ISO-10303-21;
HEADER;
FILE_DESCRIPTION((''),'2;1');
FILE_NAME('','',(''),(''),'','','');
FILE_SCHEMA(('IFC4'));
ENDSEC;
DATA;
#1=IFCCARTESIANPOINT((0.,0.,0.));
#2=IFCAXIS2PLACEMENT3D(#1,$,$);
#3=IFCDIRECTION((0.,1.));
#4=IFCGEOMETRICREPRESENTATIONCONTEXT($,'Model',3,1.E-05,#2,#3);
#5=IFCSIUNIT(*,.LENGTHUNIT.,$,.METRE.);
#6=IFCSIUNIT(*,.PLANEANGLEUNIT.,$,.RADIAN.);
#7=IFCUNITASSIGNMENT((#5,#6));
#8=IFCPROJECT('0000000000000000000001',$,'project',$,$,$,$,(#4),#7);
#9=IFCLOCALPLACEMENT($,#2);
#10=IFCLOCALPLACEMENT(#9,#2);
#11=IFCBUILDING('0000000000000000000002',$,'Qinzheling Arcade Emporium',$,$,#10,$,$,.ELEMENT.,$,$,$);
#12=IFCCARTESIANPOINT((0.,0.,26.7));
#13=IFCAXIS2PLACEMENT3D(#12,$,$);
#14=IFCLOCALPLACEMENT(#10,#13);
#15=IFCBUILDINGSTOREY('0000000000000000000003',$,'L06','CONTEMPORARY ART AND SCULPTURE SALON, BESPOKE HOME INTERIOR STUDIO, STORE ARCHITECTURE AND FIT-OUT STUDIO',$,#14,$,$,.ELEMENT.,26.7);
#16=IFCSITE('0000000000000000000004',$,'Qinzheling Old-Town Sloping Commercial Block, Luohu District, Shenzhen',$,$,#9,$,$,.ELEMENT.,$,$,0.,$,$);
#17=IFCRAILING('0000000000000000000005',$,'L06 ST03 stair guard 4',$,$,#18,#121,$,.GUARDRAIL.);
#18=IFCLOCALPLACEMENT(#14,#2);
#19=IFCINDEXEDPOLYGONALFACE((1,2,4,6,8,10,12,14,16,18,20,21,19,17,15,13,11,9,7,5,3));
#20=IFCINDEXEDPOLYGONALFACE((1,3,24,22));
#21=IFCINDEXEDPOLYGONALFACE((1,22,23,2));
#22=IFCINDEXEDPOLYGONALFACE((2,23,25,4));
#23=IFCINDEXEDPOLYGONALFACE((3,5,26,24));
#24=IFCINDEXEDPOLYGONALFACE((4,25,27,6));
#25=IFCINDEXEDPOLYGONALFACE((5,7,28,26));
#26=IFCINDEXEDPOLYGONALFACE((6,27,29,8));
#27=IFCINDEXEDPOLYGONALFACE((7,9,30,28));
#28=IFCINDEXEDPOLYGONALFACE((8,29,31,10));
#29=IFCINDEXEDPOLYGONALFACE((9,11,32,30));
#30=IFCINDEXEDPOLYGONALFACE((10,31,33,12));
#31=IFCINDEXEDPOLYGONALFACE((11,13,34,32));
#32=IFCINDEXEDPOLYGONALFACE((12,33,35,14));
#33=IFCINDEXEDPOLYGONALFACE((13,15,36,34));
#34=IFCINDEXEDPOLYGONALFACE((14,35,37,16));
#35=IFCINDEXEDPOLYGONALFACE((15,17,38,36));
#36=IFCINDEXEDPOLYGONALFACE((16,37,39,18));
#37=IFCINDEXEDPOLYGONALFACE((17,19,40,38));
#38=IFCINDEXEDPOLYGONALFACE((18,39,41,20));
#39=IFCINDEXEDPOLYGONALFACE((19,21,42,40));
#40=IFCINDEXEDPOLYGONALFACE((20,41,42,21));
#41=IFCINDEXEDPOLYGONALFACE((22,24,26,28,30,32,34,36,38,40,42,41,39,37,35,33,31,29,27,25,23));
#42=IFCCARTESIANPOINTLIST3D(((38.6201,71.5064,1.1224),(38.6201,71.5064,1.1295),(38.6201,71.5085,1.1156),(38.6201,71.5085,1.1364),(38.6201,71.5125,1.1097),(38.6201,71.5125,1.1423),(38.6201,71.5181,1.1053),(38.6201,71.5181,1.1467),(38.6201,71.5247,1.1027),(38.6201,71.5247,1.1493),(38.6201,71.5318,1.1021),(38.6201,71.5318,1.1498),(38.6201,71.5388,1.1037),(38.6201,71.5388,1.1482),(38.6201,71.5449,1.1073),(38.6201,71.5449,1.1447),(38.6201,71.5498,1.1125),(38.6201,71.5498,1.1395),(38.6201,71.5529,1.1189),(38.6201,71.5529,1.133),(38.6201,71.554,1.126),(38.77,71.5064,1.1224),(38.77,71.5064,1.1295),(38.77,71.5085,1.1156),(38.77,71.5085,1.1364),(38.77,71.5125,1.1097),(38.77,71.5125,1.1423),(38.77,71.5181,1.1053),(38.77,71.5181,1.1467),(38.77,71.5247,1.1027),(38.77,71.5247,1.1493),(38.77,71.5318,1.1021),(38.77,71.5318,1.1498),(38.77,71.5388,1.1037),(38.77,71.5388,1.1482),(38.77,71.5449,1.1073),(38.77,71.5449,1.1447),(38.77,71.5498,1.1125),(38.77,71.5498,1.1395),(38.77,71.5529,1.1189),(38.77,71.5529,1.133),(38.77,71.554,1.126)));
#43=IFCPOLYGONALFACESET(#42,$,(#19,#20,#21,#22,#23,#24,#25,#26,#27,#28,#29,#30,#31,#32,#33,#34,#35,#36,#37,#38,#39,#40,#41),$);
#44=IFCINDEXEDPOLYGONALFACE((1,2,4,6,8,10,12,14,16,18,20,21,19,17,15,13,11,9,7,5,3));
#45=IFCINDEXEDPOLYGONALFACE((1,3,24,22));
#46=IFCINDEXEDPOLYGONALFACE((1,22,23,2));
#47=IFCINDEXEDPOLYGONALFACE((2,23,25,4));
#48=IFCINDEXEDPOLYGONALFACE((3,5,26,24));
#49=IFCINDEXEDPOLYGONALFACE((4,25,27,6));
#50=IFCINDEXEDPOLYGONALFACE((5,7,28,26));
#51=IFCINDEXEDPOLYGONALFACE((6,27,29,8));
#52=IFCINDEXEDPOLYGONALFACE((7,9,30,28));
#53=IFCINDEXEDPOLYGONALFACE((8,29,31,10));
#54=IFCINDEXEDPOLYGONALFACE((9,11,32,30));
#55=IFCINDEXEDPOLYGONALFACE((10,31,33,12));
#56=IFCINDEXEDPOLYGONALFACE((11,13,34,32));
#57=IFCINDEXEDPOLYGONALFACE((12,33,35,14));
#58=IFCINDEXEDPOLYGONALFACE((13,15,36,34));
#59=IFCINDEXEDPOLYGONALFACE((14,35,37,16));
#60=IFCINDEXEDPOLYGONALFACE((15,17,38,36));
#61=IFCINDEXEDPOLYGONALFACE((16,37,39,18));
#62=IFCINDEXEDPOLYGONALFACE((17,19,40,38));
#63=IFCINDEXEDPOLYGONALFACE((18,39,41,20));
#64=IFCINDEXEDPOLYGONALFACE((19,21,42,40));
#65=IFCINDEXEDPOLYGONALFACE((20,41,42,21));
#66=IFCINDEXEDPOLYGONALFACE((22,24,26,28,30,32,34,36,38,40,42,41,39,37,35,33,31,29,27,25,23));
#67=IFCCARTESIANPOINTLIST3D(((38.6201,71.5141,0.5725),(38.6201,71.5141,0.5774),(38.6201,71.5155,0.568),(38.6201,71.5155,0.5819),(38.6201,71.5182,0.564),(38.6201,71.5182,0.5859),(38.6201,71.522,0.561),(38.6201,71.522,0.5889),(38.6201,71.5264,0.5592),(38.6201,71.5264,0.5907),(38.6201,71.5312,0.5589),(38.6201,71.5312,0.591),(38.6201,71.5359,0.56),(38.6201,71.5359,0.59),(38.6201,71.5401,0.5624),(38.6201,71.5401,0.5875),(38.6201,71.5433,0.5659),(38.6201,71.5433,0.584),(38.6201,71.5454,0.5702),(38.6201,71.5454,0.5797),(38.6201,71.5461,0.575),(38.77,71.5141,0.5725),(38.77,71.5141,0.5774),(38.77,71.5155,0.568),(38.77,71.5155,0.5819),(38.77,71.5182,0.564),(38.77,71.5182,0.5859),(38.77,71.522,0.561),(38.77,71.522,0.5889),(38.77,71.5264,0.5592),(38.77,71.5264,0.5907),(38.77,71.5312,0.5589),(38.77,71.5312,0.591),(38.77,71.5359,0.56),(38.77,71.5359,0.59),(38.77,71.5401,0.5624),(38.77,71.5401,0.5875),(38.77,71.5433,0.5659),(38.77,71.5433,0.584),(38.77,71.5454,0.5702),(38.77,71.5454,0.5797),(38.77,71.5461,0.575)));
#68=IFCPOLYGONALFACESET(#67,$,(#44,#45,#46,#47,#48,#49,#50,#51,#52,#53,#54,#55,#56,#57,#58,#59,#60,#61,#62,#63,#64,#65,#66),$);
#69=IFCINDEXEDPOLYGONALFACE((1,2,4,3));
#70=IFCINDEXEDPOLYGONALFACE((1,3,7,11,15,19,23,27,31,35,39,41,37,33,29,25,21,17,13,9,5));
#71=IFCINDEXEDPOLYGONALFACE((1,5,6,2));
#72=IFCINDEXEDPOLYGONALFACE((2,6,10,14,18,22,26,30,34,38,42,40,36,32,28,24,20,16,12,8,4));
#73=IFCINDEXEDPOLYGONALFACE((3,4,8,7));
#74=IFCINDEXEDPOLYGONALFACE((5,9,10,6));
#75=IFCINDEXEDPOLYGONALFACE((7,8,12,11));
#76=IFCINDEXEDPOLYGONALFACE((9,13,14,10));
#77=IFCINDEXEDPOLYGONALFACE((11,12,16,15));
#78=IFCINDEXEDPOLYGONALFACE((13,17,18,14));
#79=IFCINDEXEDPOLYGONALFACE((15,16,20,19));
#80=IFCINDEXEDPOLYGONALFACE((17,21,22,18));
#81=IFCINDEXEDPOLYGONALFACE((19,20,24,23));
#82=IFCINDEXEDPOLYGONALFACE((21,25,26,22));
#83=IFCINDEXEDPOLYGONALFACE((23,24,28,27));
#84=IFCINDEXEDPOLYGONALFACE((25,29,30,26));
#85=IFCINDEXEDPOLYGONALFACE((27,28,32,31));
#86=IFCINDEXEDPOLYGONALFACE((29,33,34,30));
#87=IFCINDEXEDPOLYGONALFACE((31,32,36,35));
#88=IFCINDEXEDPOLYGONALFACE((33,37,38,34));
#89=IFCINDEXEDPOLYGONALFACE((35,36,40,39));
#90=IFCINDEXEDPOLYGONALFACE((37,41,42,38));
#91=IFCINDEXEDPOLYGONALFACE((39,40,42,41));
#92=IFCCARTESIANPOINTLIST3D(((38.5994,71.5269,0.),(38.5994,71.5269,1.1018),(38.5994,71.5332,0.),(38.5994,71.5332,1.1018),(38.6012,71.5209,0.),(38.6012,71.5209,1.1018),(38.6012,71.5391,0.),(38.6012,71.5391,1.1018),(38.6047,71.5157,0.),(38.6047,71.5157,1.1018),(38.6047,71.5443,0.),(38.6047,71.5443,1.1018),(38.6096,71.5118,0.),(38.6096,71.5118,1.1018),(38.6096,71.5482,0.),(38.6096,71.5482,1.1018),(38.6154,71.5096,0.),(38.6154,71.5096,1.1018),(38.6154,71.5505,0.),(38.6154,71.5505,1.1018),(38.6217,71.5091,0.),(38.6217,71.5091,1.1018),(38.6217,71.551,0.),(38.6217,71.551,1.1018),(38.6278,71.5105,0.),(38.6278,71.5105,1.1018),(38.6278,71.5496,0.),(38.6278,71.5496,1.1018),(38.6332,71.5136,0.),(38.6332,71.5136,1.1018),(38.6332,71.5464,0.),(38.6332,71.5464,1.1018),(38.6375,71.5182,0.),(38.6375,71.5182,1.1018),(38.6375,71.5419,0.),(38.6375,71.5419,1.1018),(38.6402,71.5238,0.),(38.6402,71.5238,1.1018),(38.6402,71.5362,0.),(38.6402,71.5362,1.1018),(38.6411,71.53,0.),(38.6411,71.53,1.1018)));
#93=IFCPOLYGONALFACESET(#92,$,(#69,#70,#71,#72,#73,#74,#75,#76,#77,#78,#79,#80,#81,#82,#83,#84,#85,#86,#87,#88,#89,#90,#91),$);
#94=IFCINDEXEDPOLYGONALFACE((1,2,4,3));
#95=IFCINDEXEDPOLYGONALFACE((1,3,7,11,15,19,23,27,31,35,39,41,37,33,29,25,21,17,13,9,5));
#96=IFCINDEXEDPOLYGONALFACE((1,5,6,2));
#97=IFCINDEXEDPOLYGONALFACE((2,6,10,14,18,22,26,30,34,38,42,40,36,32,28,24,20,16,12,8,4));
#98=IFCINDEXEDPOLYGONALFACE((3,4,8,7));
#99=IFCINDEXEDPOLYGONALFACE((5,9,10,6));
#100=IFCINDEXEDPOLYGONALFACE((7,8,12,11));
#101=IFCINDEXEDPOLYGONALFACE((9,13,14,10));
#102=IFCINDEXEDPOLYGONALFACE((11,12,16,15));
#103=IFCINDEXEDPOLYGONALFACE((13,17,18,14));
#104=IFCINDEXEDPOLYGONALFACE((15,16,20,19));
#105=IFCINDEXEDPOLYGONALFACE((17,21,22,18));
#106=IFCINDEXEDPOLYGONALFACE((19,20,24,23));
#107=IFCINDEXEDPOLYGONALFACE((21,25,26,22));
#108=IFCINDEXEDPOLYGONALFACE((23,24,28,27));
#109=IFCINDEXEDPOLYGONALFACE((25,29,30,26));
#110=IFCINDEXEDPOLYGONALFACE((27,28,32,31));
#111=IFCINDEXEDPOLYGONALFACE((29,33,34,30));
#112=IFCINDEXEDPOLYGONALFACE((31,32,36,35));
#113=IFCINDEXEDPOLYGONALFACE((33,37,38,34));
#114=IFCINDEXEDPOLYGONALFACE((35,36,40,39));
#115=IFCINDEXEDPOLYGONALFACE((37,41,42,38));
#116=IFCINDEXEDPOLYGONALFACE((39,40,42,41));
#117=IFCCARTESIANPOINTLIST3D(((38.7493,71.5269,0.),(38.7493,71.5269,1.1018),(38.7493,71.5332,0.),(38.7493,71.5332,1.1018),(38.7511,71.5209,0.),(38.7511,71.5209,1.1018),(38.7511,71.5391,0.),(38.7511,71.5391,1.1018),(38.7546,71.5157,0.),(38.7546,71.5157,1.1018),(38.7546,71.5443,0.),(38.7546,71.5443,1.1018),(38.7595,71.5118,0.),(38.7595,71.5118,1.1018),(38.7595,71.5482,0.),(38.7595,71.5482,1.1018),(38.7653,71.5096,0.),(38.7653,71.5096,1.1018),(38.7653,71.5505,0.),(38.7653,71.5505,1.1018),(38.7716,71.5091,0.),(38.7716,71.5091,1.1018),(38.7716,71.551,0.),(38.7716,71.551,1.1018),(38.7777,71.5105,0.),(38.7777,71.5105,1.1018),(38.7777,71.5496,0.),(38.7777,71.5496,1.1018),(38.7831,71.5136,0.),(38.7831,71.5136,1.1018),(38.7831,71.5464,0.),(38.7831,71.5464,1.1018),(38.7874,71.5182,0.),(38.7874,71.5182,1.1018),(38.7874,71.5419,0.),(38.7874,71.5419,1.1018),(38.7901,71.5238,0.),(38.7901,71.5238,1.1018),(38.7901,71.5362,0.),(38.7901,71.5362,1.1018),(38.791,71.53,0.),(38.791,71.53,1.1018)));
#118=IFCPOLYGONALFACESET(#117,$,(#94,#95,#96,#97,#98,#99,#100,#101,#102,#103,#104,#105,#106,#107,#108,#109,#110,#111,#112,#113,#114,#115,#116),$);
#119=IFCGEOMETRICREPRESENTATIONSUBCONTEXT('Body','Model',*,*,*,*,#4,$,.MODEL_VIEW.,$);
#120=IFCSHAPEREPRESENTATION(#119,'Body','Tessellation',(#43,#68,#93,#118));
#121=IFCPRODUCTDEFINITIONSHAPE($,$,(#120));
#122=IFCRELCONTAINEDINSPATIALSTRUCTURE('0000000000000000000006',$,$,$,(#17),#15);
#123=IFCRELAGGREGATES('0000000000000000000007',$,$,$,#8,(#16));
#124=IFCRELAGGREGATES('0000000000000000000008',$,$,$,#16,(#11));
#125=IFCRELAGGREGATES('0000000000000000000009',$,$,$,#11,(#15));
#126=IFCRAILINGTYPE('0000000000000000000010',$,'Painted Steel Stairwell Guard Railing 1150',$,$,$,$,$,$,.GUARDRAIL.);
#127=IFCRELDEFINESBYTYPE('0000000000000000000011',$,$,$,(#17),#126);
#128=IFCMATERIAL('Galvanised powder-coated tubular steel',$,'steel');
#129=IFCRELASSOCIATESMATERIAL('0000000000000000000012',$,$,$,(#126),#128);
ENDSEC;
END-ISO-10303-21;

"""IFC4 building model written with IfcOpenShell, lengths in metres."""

from ifc_helpers import new_model, si_unit, direction, frame, origin, origin_2d, place, context, subcontext, project, spatial, circle, extrude, material, type_object, element, save


model = new_model("IFC4")

# Units and contexts
model_context = context("Model", 3, precision=1e-05, world=origin(), true_north=direction((0.0, 1.0)))
body_context = subcontext(model_context, "Body", "Model", "MODEL_VIEW")
ifc_project = project(units=[si_unit("LENGTHUNIT", "METRE"), si_unit("PLANEANGLEUNIT", "RADIAN")], contexts=[model_context])

# Site, building, storey
site_placement = place(None, origin())
site = spatial("IfcSite", under=ifc_project, at=site_placement, Name="Qinzheling Old-Town Sloping Commercial Block, Luohu District, Shenzhen", CompositionType="ELEMENT", RefElevation=0.0)
building_placement = place(site_placement, origin())
building = spatial("IfcBuilding", under=site, at=building_placement, Name="Qinzheling Arcade Emporium", CompositionType="ELEMENT")
storey_placement = place(building_placement, frame((0.0, 0.0, 26.7)))
storey = spatial("IfcBuildingStorey", under=building, at=storey_placement, Name="L06", Description="CONTEMPORARY ART AND SCULPTURE SALON, BESPOKE HOME INTERIOR STUDIO, STORE ARCHITECTURE AND FIT-OUT STUDIO", CompositionType="ELEMENT", Elevation=26.7)

# Railing
ifc_material_1 = material(Name="Galvanised powder-coated tubular steel", Category="steel")
railing_type_1 = type_object("IfcRailingType", Name="Painted Steel Stairwell Guard Railing 1150", PredefinedType="GUARDRAIL", material=ifc_material_1)
railing_1_placement = place(storey_placement, frame((38.6201, 71.53, 0.0)))
element("IfcRailing", 1, at=railing_1_placement, inside=storey, type_object=railing_type_1, Name="L06 ST03 stair guard 4", PredefinedType="GUARDRAIL", context=body_context, shape_type="SweptSolid", body=[
    extrude(circle(Radius=0.0239, at=origin_2d()), frame((0.0, 0.0, 1.126), z_axis=(1.0, 0.0, 0.0), x_axis=(0.0, 1.0, 0.0)), (0.0, 0.0, 1.0), 0.1499),
    extrude(circle(Radius=0.0161, at=origin_2d()), frame((0.0, 0.0, 0.575), z_axis=(1.0, 0.0, 0.0), x_axis=(0.0, 1.0, 0.0)), (0.0, 0.0, 1.0), 0.1499),
    extrude(circle(Radius=0.021, at=origin_2d()), origin(), (0.0, 0.0, 1.0), 1.1018),
    extrude(circle(Radius=0.021, at=origin_2d()), frame((0.1499, 0.0, 0.0)), (0.0, 0.0, 1.0), 1.1018),
])

save(model, "model.ifc")
